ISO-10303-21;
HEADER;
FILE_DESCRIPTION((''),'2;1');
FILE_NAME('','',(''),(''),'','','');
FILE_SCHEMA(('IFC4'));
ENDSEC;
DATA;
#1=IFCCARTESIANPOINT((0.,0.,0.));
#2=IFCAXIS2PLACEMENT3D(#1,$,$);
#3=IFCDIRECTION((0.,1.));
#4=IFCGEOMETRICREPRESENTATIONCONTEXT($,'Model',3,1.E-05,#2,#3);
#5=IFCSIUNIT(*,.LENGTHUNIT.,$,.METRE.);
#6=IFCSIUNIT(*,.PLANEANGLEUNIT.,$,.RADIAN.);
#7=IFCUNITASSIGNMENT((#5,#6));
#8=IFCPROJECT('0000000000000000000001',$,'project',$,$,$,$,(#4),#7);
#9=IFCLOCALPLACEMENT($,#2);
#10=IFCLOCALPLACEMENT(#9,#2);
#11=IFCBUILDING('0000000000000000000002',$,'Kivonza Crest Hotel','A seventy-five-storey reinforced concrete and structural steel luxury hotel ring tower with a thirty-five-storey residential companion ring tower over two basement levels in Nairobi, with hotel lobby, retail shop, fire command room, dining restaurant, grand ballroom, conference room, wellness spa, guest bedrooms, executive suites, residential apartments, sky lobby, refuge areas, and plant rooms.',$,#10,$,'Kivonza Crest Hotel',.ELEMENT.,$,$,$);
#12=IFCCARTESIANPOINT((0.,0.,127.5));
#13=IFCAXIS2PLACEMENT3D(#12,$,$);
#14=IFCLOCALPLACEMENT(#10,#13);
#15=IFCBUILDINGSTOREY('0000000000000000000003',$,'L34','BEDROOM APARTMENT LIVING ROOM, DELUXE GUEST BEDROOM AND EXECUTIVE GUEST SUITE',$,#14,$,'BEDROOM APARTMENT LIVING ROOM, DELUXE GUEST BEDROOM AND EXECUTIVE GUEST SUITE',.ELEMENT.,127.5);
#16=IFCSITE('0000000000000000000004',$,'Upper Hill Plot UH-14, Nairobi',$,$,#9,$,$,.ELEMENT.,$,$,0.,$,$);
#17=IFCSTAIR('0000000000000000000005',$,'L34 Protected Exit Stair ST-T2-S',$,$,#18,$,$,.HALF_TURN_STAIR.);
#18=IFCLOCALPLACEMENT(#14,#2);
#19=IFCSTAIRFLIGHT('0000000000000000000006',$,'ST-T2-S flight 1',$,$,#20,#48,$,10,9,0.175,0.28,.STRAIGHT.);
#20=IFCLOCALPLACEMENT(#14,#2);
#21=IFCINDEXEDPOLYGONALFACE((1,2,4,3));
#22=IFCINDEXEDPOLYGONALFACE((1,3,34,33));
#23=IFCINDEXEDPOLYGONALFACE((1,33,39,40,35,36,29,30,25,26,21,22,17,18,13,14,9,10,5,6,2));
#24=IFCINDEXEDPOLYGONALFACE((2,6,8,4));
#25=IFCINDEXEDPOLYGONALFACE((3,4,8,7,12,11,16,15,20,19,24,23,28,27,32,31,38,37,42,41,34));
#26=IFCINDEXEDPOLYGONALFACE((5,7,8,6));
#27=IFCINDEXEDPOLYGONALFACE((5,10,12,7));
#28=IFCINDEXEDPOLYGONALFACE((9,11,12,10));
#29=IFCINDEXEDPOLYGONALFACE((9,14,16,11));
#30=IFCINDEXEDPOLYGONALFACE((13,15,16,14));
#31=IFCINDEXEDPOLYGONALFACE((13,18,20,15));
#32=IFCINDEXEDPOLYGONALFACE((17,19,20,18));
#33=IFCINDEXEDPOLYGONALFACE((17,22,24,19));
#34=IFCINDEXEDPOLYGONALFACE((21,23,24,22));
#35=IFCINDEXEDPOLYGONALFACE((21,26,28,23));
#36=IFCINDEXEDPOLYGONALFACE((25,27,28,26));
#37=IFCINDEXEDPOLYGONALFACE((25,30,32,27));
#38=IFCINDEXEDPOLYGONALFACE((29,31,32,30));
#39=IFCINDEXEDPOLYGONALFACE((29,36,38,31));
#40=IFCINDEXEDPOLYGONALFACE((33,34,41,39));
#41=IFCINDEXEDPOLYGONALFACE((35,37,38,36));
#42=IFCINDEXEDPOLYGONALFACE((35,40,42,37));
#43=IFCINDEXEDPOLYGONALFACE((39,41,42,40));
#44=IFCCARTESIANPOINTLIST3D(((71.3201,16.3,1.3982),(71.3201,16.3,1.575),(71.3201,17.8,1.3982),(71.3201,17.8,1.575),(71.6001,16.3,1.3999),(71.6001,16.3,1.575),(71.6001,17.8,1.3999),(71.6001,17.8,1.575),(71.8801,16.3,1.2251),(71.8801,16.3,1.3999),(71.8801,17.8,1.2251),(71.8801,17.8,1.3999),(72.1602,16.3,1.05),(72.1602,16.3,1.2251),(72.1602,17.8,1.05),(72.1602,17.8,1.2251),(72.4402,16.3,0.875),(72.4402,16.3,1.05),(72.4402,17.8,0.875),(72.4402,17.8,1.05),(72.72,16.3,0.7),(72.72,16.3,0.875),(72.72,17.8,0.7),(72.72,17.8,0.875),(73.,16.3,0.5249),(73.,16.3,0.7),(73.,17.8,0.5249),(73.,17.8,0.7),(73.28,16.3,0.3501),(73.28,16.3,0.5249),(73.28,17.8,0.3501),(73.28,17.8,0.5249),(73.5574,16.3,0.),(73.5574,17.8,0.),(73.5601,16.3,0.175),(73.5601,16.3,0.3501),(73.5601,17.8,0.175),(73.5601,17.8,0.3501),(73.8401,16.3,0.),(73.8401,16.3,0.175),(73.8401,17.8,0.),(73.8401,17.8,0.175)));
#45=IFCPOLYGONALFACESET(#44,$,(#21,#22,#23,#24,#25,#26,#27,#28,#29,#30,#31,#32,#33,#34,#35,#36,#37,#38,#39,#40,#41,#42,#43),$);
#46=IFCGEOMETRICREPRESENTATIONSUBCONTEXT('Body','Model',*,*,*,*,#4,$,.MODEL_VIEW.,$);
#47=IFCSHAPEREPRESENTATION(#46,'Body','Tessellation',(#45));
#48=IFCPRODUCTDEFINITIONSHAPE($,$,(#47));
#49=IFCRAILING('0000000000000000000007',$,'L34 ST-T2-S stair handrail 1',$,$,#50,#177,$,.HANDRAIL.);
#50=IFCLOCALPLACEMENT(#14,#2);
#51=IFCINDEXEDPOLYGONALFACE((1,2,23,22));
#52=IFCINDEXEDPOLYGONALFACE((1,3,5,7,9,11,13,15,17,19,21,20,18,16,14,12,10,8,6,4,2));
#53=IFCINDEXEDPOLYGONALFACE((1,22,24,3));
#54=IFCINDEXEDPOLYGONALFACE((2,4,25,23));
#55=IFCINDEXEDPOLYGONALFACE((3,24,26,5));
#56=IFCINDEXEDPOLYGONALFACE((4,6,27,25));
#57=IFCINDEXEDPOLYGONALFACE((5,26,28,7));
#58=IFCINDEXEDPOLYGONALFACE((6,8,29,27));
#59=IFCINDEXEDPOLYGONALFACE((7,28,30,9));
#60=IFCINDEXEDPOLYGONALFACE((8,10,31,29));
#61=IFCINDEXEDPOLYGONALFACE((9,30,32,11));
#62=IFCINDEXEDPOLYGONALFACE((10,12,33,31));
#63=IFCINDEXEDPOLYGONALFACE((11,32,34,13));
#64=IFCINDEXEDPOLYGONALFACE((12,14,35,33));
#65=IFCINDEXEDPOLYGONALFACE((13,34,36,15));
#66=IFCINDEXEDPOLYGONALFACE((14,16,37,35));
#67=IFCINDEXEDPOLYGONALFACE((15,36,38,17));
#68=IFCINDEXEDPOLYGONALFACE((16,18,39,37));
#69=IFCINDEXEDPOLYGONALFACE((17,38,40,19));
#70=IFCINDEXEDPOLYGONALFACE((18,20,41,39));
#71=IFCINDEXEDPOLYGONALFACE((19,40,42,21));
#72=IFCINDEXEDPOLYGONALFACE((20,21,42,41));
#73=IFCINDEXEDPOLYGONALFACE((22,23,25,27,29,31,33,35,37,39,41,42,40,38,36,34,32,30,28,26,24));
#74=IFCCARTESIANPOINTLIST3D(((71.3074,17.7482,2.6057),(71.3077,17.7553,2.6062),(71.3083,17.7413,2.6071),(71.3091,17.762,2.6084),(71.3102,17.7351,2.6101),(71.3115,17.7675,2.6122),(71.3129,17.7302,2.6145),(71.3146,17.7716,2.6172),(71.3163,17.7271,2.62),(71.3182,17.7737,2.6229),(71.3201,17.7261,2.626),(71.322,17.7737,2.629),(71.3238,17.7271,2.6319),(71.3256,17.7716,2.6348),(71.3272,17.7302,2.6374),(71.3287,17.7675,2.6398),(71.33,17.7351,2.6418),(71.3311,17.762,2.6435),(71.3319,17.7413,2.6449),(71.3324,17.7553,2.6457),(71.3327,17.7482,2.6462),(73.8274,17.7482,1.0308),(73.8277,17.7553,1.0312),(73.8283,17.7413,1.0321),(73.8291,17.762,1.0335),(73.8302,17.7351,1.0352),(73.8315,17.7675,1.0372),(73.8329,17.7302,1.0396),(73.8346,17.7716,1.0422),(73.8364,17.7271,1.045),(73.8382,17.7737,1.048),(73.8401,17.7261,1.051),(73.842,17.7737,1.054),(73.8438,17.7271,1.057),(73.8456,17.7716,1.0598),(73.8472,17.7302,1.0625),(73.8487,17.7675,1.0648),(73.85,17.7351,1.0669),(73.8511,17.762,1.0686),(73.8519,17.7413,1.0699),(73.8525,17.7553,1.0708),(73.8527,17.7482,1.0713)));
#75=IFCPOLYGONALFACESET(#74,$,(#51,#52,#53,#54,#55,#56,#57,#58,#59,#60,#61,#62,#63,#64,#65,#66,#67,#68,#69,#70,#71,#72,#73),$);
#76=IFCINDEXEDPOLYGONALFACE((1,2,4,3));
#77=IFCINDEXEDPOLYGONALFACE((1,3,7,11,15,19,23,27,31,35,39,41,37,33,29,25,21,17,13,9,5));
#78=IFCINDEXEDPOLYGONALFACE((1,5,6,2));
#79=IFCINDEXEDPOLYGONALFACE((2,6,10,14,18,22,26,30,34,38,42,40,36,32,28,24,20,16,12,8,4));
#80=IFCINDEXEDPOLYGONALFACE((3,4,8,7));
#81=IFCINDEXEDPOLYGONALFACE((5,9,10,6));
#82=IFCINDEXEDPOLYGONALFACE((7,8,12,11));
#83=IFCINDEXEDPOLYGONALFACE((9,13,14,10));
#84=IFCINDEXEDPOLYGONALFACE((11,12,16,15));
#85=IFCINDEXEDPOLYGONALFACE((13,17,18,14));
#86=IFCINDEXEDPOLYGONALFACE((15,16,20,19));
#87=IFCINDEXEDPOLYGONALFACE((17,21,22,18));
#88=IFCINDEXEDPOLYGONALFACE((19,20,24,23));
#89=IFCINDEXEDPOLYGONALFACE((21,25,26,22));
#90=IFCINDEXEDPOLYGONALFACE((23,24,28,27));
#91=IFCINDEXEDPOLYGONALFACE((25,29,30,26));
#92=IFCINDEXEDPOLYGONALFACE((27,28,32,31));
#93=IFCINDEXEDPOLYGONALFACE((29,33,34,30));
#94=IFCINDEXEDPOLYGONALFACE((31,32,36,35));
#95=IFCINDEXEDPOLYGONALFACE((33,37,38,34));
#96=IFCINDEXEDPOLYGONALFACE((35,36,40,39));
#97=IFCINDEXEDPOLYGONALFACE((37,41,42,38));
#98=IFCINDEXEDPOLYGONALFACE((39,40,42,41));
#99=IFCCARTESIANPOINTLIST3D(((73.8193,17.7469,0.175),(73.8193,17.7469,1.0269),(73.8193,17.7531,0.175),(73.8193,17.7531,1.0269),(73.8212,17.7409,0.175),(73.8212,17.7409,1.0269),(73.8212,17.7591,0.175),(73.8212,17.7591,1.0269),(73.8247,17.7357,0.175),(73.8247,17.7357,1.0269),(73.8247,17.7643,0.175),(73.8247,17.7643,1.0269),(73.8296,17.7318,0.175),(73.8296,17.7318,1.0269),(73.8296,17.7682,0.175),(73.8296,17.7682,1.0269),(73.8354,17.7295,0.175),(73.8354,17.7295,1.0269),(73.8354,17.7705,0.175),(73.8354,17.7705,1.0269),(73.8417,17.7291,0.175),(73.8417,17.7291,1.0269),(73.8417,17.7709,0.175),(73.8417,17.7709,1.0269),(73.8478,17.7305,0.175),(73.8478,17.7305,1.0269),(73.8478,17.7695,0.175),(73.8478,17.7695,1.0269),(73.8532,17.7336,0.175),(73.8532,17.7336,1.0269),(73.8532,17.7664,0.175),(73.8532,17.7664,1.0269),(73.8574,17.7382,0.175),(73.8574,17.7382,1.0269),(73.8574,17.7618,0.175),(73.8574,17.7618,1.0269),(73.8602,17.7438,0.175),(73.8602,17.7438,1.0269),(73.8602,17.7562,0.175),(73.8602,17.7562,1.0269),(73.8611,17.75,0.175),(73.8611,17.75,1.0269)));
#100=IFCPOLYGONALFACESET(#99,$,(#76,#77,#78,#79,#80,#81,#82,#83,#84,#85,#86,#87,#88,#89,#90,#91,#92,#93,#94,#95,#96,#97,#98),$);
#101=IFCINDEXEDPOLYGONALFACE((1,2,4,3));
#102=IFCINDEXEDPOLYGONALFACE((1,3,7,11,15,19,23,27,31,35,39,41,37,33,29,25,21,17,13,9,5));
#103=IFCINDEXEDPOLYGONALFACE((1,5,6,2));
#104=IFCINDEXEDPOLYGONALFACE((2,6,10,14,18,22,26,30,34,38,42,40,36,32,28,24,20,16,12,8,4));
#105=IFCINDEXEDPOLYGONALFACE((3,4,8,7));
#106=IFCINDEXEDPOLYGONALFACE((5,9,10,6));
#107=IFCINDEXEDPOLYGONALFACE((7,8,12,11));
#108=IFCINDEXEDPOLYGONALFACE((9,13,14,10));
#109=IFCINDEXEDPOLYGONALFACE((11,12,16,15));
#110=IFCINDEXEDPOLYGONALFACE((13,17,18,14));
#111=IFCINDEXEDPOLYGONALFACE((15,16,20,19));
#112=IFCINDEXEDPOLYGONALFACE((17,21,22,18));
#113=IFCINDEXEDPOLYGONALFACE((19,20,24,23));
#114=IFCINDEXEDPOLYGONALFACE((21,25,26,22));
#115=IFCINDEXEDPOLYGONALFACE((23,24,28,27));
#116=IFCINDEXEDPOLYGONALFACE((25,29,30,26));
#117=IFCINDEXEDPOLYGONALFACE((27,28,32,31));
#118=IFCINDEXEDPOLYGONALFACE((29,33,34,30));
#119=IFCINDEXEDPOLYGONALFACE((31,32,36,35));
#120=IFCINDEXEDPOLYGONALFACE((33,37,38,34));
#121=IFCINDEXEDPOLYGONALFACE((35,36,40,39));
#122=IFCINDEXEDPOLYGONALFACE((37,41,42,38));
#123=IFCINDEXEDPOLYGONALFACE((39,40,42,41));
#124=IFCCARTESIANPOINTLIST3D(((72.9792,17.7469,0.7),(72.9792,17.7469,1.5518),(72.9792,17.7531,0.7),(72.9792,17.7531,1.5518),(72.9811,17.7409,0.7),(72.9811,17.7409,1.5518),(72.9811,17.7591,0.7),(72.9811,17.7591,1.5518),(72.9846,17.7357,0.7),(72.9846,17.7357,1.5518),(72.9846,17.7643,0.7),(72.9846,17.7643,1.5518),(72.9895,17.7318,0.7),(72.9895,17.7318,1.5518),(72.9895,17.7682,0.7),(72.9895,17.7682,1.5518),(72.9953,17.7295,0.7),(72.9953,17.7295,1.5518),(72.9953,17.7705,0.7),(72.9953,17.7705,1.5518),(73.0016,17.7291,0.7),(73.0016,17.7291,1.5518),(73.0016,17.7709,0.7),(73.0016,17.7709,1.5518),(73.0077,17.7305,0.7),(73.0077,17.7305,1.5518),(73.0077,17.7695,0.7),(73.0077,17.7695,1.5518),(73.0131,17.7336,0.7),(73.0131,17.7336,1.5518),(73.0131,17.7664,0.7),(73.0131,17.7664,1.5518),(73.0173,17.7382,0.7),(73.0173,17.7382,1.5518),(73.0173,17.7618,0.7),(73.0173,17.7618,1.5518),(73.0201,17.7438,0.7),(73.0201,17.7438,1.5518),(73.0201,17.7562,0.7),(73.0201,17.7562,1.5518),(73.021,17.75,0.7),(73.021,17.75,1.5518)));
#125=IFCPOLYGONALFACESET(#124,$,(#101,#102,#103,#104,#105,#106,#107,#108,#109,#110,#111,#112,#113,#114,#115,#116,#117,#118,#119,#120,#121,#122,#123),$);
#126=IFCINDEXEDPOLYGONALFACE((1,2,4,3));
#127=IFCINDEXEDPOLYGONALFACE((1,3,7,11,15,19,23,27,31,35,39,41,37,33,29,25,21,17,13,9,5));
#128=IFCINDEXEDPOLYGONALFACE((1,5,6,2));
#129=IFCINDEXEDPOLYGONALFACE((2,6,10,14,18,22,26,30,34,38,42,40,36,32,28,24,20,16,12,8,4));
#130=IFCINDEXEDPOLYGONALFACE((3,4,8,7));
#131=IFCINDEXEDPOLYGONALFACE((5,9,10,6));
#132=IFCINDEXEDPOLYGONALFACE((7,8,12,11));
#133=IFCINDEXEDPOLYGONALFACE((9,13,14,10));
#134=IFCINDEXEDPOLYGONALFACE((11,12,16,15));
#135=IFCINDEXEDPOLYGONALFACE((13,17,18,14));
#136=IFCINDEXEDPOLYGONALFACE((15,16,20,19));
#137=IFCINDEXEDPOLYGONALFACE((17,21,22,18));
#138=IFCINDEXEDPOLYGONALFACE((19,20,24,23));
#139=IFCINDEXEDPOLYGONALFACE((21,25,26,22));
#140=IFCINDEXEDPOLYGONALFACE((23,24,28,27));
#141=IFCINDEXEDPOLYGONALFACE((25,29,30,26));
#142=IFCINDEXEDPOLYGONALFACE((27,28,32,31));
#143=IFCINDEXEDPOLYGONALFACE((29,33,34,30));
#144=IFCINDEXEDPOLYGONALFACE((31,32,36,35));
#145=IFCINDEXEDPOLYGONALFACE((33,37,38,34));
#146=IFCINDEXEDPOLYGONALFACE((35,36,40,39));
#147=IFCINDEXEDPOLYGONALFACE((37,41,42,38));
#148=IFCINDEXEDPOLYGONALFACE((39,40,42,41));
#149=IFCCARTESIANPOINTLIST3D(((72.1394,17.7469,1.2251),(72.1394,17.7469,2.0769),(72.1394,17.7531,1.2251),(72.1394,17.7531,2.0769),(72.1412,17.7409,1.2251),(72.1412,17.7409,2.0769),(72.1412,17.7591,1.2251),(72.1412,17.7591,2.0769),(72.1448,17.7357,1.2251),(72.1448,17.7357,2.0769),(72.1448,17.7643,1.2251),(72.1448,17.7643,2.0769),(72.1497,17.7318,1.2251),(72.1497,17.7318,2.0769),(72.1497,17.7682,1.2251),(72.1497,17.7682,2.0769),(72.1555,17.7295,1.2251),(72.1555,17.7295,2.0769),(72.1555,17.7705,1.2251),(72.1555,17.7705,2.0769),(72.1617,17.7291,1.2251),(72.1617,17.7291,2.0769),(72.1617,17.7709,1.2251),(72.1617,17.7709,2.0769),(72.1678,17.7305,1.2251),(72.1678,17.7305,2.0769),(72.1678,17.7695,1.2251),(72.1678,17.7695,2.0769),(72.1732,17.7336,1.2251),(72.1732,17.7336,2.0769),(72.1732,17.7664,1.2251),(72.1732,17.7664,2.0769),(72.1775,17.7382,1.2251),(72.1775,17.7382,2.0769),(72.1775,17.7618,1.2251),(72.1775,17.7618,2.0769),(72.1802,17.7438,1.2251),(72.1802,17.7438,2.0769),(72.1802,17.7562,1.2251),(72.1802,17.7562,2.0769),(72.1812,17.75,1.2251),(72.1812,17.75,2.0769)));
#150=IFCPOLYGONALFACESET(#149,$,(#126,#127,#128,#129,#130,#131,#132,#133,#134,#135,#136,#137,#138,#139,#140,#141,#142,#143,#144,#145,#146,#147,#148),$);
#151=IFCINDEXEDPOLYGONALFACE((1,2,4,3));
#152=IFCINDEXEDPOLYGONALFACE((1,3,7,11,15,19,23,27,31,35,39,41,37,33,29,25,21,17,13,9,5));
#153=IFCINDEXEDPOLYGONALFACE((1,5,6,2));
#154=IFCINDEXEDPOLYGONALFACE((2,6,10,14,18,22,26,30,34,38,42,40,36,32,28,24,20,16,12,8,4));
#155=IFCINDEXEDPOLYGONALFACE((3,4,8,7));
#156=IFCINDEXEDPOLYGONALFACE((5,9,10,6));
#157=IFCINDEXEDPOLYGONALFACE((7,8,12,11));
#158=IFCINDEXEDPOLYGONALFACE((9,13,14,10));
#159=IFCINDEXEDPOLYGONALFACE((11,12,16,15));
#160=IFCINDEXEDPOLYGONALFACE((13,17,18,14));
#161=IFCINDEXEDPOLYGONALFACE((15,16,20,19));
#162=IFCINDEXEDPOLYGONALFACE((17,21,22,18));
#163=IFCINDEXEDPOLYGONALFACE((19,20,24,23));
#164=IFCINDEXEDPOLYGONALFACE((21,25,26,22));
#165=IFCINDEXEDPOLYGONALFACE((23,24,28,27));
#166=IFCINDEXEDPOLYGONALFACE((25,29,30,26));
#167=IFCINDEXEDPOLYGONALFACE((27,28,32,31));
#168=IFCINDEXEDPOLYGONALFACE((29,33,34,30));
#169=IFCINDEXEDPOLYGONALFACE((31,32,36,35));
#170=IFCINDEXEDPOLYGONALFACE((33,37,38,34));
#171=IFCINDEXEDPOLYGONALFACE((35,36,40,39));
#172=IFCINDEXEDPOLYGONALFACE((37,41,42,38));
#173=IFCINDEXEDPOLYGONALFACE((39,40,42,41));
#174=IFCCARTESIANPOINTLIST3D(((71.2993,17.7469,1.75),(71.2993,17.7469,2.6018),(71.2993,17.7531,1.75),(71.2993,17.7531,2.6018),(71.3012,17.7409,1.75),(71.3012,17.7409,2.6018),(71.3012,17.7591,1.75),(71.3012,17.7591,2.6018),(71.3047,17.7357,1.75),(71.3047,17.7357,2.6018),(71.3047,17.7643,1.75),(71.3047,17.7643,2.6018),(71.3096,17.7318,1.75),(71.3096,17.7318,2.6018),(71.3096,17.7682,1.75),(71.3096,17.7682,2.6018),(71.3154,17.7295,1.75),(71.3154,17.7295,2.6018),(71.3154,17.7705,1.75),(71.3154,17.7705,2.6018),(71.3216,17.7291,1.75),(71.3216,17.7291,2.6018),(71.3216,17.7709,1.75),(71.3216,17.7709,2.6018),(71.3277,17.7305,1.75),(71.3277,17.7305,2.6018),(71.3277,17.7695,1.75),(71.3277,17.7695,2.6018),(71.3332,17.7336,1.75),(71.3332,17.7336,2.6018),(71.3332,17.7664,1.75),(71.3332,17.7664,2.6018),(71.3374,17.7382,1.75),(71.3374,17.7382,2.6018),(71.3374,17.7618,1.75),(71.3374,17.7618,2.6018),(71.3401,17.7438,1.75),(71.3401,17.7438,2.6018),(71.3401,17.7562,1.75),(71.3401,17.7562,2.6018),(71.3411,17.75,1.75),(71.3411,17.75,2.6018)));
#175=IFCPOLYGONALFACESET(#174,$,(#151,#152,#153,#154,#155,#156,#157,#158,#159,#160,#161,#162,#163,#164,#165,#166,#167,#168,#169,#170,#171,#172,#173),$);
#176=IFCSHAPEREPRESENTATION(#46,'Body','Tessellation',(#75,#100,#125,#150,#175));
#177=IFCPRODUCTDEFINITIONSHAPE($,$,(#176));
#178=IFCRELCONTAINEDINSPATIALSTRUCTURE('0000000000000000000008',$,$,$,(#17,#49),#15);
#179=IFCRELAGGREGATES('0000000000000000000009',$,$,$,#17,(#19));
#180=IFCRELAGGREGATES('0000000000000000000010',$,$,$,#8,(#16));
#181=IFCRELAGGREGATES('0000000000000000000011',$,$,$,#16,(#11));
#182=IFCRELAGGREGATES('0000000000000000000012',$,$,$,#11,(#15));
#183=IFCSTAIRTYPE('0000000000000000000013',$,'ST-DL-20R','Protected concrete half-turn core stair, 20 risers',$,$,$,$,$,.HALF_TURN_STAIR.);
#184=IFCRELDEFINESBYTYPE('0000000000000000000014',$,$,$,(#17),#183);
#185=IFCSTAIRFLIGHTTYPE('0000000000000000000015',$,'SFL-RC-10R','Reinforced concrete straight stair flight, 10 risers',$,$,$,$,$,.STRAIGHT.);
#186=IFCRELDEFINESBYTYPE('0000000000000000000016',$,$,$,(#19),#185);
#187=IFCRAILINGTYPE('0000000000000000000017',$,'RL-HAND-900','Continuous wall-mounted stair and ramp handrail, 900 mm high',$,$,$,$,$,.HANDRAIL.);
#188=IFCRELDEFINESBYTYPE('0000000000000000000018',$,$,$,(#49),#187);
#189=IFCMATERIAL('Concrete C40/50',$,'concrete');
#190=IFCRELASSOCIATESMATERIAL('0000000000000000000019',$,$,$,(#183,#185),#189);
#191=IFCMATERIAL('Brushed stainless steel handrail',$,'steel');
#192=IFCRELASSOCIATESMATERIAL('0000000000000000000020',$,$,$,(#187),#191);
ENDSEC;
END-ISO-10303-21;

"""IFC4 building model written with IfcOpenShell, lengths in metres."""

from ifc_helpers import new_model, si_unit, direction, frame, origin, origin_2d, place, context, subcontext, project, spatial, polyline, circle, outline, extrude, material, type_object, element, aggregate, save


model = new_model("IFC4")

# Units and contexts
model_context = context("Model", 3, precision=1e-05, world=origin(), true_north=direction((0.0, 1.0)))
body_context = subcontext(model_context, "Body", "Model", "MODEL_VIEW")
ifc_project = project(units=[si_unit("LENGTHUNIT", "METRE"), si_unit("PLANEANGLEUNIT", "RADIAN")], contexts=[model_context])

# Site, building, storey
site_placement = place(None, origin())
site = spatial("IfcSite", under=ifc_project, at=site_placement, Name="Upper Hill Plot UH-14, Nairobi", CompositionType="ELEMENT", RefElevation=0.0)
building_placement = place(site_placement, origin())
building = spatial("IfcBuilding", under=site, at=building_placement, Name="Kivonza Crest Hotel", Description="A seventy-five-storey reinforced concrete and structural steel luxury hotel ring tower with a thirty-five-storey residential companion ring tower over two basement levels in Nairobi, with hotel lobby, retail shop, fire command room, dining restaurant, grand ballroom, conference room, wellness spa, guest bedrooms, executive suites, residential apartments, sky lobby, refuge areas, and plant rooms.", LongName="Kivonza Crest Hotel", CompositionType="ELEMENT")
storey_placement = place(building_placement, frame((0.0, 0.0, 127.5)))
storey = spatial("IfcBuildingStorey", under=building, at=storey_placement, Name="L34", Description="BEDROOM APARTMENT LIVING ROOM, DELUXE GUEST BEDROOM AND EXECUTIVE GUEST SUITE", LongName="BEDROOM APARTMENT LIVING ROOM, DELUXE GUEST BEDROOM AND EXECUTIVE GUEST SUITE", CompositionType="ELEMENT", Elevation=127.5)

# Stair, stair flight
ifc_material_1 = material(Name="Concrete C40/50", Category="concrete")
stair_type = type_object("IfcStairType", Name="ST-DL-20R", Description="Protected concrete half-turn core stair, 20 risers", PredefinedType="HALF_TURN_STAIR", material=ifc_material_1)
stair_placement = place(storey_placement, origin())
stair = element("IfcStair", 1, at=stair_placement, inside=storey, type_object=stair_type, Name="L34 Protected Exit Stair ST-T2-S", PredefinedType="HALF_TURN_STAIR")
stair_flight_type = type_object("IfcStairFlightType", Name="SFL-RC-10R", Description="Reinforced concrete straight stair flight, 10 risers", PredefinedType="STRAIGHT", material=ifc_material_1)
stair_flight_placement = place(storey_placement, frame((73.8401, 17.05, 0.0), z_axis=(0.0, 0.0, 1.0), x_axis=(-1.0, 0.0, 0.0)))
stair_flight = element("IfcStairFlight", 2, at=stair_flight_placement, type_object=stair_flight_type, Name="ST-T2-S flight 1", NumberOfRisers=10, NumberOfTreads=9, PredefinedType="STRAIGHT", RiserHeight=0.175, TreadLength=0.28, context=body_context, shape_type="SweptSolid", body=[
    extrude(outline(polyline([(0.0, 0.0), (0.0, 0.175), (0.28, 0.175), (0.28, 0.3501), (0.5601, 0.3501), (0.5601, 0.5249), (0.8401, 0.5249), (0.8401, 0.7), (1.1201, 0.7), (1.1201, 0.875), (1.3999, 0.875), (1.3999, 1.05), (1.6799, 1.05), (1.6799, 1.2251), (1.96, 1.2251), (1.96, 1.3999), (2.24, 1.3999), (2.24, 1.575), (2.52, 1.575), (2.52, 1.75), (2.52, 1.3982), (0.2827, 0.0), (0.0, 0.0)])), frame((0.0, 0.75, 0.0), z_axis=(0.0, -1.0, 0.0), x_axis=(1.0, 0.0, 0.0)), (0.0, 0.0, 1.0), 1.5),
])
aggregate(stair, [stair_flight])

# Railing
ifc_material_2 = material(Name="Brushed stainless steel handrail", Category="steel")
railing_type_1 = type_object("IfcRailingType", Name="RL-HAND-900", Description="Continuous wall-mounted stair and ramp handrail, 900 mm high", PredefinedType="HANDRAIL", material=ifc_material_2)
railing_1_placement = place(storey_placement, frame((73.8401, 17.75, 0.175)))
element("IfcRailing", 3, at=railing_1_placement, inside=storey, type_object=railing_type_1, Name="L34 ST-T2-S stair handrail 1", PredefinedType="HANDRAIL", context=body_context, shape_type="SweptSolid", body=[
    extrude(circle(Radius=0.0239, at=origin_2d()), frame((0.0, 0.0, 0.876), z_axis=(-0.848008, 0.0, 0.529984), x_axis=(0.0, -1.0, 0.0)), (0.0, 0.0, 1.0), 2.9717),
    extrude(circle(Radius=0.021, at=origin_2d()), origin(), (0.0, 0.0, 1.0), 0.8518),
    extrude(circle(Radius=0.021, at=origin_2d()), frame((-0.8401, 0.0, 0.5249)), (0.0, 0.0, 1.0), 0.8518),
    extrude(circle(Radius=0.021, at=origin_2d()), frame((-1.6799, 0.0, 1.05)), (0.0, 0.0, 1.0), 0.8518),
    extrude(circle(Radius=0.021, at=origin_2d()), frame((-2.52, 0.0, 1.575)), (0.0, 0.0, 1.0), 0.8518),
])

save(model, "model.ifc")
